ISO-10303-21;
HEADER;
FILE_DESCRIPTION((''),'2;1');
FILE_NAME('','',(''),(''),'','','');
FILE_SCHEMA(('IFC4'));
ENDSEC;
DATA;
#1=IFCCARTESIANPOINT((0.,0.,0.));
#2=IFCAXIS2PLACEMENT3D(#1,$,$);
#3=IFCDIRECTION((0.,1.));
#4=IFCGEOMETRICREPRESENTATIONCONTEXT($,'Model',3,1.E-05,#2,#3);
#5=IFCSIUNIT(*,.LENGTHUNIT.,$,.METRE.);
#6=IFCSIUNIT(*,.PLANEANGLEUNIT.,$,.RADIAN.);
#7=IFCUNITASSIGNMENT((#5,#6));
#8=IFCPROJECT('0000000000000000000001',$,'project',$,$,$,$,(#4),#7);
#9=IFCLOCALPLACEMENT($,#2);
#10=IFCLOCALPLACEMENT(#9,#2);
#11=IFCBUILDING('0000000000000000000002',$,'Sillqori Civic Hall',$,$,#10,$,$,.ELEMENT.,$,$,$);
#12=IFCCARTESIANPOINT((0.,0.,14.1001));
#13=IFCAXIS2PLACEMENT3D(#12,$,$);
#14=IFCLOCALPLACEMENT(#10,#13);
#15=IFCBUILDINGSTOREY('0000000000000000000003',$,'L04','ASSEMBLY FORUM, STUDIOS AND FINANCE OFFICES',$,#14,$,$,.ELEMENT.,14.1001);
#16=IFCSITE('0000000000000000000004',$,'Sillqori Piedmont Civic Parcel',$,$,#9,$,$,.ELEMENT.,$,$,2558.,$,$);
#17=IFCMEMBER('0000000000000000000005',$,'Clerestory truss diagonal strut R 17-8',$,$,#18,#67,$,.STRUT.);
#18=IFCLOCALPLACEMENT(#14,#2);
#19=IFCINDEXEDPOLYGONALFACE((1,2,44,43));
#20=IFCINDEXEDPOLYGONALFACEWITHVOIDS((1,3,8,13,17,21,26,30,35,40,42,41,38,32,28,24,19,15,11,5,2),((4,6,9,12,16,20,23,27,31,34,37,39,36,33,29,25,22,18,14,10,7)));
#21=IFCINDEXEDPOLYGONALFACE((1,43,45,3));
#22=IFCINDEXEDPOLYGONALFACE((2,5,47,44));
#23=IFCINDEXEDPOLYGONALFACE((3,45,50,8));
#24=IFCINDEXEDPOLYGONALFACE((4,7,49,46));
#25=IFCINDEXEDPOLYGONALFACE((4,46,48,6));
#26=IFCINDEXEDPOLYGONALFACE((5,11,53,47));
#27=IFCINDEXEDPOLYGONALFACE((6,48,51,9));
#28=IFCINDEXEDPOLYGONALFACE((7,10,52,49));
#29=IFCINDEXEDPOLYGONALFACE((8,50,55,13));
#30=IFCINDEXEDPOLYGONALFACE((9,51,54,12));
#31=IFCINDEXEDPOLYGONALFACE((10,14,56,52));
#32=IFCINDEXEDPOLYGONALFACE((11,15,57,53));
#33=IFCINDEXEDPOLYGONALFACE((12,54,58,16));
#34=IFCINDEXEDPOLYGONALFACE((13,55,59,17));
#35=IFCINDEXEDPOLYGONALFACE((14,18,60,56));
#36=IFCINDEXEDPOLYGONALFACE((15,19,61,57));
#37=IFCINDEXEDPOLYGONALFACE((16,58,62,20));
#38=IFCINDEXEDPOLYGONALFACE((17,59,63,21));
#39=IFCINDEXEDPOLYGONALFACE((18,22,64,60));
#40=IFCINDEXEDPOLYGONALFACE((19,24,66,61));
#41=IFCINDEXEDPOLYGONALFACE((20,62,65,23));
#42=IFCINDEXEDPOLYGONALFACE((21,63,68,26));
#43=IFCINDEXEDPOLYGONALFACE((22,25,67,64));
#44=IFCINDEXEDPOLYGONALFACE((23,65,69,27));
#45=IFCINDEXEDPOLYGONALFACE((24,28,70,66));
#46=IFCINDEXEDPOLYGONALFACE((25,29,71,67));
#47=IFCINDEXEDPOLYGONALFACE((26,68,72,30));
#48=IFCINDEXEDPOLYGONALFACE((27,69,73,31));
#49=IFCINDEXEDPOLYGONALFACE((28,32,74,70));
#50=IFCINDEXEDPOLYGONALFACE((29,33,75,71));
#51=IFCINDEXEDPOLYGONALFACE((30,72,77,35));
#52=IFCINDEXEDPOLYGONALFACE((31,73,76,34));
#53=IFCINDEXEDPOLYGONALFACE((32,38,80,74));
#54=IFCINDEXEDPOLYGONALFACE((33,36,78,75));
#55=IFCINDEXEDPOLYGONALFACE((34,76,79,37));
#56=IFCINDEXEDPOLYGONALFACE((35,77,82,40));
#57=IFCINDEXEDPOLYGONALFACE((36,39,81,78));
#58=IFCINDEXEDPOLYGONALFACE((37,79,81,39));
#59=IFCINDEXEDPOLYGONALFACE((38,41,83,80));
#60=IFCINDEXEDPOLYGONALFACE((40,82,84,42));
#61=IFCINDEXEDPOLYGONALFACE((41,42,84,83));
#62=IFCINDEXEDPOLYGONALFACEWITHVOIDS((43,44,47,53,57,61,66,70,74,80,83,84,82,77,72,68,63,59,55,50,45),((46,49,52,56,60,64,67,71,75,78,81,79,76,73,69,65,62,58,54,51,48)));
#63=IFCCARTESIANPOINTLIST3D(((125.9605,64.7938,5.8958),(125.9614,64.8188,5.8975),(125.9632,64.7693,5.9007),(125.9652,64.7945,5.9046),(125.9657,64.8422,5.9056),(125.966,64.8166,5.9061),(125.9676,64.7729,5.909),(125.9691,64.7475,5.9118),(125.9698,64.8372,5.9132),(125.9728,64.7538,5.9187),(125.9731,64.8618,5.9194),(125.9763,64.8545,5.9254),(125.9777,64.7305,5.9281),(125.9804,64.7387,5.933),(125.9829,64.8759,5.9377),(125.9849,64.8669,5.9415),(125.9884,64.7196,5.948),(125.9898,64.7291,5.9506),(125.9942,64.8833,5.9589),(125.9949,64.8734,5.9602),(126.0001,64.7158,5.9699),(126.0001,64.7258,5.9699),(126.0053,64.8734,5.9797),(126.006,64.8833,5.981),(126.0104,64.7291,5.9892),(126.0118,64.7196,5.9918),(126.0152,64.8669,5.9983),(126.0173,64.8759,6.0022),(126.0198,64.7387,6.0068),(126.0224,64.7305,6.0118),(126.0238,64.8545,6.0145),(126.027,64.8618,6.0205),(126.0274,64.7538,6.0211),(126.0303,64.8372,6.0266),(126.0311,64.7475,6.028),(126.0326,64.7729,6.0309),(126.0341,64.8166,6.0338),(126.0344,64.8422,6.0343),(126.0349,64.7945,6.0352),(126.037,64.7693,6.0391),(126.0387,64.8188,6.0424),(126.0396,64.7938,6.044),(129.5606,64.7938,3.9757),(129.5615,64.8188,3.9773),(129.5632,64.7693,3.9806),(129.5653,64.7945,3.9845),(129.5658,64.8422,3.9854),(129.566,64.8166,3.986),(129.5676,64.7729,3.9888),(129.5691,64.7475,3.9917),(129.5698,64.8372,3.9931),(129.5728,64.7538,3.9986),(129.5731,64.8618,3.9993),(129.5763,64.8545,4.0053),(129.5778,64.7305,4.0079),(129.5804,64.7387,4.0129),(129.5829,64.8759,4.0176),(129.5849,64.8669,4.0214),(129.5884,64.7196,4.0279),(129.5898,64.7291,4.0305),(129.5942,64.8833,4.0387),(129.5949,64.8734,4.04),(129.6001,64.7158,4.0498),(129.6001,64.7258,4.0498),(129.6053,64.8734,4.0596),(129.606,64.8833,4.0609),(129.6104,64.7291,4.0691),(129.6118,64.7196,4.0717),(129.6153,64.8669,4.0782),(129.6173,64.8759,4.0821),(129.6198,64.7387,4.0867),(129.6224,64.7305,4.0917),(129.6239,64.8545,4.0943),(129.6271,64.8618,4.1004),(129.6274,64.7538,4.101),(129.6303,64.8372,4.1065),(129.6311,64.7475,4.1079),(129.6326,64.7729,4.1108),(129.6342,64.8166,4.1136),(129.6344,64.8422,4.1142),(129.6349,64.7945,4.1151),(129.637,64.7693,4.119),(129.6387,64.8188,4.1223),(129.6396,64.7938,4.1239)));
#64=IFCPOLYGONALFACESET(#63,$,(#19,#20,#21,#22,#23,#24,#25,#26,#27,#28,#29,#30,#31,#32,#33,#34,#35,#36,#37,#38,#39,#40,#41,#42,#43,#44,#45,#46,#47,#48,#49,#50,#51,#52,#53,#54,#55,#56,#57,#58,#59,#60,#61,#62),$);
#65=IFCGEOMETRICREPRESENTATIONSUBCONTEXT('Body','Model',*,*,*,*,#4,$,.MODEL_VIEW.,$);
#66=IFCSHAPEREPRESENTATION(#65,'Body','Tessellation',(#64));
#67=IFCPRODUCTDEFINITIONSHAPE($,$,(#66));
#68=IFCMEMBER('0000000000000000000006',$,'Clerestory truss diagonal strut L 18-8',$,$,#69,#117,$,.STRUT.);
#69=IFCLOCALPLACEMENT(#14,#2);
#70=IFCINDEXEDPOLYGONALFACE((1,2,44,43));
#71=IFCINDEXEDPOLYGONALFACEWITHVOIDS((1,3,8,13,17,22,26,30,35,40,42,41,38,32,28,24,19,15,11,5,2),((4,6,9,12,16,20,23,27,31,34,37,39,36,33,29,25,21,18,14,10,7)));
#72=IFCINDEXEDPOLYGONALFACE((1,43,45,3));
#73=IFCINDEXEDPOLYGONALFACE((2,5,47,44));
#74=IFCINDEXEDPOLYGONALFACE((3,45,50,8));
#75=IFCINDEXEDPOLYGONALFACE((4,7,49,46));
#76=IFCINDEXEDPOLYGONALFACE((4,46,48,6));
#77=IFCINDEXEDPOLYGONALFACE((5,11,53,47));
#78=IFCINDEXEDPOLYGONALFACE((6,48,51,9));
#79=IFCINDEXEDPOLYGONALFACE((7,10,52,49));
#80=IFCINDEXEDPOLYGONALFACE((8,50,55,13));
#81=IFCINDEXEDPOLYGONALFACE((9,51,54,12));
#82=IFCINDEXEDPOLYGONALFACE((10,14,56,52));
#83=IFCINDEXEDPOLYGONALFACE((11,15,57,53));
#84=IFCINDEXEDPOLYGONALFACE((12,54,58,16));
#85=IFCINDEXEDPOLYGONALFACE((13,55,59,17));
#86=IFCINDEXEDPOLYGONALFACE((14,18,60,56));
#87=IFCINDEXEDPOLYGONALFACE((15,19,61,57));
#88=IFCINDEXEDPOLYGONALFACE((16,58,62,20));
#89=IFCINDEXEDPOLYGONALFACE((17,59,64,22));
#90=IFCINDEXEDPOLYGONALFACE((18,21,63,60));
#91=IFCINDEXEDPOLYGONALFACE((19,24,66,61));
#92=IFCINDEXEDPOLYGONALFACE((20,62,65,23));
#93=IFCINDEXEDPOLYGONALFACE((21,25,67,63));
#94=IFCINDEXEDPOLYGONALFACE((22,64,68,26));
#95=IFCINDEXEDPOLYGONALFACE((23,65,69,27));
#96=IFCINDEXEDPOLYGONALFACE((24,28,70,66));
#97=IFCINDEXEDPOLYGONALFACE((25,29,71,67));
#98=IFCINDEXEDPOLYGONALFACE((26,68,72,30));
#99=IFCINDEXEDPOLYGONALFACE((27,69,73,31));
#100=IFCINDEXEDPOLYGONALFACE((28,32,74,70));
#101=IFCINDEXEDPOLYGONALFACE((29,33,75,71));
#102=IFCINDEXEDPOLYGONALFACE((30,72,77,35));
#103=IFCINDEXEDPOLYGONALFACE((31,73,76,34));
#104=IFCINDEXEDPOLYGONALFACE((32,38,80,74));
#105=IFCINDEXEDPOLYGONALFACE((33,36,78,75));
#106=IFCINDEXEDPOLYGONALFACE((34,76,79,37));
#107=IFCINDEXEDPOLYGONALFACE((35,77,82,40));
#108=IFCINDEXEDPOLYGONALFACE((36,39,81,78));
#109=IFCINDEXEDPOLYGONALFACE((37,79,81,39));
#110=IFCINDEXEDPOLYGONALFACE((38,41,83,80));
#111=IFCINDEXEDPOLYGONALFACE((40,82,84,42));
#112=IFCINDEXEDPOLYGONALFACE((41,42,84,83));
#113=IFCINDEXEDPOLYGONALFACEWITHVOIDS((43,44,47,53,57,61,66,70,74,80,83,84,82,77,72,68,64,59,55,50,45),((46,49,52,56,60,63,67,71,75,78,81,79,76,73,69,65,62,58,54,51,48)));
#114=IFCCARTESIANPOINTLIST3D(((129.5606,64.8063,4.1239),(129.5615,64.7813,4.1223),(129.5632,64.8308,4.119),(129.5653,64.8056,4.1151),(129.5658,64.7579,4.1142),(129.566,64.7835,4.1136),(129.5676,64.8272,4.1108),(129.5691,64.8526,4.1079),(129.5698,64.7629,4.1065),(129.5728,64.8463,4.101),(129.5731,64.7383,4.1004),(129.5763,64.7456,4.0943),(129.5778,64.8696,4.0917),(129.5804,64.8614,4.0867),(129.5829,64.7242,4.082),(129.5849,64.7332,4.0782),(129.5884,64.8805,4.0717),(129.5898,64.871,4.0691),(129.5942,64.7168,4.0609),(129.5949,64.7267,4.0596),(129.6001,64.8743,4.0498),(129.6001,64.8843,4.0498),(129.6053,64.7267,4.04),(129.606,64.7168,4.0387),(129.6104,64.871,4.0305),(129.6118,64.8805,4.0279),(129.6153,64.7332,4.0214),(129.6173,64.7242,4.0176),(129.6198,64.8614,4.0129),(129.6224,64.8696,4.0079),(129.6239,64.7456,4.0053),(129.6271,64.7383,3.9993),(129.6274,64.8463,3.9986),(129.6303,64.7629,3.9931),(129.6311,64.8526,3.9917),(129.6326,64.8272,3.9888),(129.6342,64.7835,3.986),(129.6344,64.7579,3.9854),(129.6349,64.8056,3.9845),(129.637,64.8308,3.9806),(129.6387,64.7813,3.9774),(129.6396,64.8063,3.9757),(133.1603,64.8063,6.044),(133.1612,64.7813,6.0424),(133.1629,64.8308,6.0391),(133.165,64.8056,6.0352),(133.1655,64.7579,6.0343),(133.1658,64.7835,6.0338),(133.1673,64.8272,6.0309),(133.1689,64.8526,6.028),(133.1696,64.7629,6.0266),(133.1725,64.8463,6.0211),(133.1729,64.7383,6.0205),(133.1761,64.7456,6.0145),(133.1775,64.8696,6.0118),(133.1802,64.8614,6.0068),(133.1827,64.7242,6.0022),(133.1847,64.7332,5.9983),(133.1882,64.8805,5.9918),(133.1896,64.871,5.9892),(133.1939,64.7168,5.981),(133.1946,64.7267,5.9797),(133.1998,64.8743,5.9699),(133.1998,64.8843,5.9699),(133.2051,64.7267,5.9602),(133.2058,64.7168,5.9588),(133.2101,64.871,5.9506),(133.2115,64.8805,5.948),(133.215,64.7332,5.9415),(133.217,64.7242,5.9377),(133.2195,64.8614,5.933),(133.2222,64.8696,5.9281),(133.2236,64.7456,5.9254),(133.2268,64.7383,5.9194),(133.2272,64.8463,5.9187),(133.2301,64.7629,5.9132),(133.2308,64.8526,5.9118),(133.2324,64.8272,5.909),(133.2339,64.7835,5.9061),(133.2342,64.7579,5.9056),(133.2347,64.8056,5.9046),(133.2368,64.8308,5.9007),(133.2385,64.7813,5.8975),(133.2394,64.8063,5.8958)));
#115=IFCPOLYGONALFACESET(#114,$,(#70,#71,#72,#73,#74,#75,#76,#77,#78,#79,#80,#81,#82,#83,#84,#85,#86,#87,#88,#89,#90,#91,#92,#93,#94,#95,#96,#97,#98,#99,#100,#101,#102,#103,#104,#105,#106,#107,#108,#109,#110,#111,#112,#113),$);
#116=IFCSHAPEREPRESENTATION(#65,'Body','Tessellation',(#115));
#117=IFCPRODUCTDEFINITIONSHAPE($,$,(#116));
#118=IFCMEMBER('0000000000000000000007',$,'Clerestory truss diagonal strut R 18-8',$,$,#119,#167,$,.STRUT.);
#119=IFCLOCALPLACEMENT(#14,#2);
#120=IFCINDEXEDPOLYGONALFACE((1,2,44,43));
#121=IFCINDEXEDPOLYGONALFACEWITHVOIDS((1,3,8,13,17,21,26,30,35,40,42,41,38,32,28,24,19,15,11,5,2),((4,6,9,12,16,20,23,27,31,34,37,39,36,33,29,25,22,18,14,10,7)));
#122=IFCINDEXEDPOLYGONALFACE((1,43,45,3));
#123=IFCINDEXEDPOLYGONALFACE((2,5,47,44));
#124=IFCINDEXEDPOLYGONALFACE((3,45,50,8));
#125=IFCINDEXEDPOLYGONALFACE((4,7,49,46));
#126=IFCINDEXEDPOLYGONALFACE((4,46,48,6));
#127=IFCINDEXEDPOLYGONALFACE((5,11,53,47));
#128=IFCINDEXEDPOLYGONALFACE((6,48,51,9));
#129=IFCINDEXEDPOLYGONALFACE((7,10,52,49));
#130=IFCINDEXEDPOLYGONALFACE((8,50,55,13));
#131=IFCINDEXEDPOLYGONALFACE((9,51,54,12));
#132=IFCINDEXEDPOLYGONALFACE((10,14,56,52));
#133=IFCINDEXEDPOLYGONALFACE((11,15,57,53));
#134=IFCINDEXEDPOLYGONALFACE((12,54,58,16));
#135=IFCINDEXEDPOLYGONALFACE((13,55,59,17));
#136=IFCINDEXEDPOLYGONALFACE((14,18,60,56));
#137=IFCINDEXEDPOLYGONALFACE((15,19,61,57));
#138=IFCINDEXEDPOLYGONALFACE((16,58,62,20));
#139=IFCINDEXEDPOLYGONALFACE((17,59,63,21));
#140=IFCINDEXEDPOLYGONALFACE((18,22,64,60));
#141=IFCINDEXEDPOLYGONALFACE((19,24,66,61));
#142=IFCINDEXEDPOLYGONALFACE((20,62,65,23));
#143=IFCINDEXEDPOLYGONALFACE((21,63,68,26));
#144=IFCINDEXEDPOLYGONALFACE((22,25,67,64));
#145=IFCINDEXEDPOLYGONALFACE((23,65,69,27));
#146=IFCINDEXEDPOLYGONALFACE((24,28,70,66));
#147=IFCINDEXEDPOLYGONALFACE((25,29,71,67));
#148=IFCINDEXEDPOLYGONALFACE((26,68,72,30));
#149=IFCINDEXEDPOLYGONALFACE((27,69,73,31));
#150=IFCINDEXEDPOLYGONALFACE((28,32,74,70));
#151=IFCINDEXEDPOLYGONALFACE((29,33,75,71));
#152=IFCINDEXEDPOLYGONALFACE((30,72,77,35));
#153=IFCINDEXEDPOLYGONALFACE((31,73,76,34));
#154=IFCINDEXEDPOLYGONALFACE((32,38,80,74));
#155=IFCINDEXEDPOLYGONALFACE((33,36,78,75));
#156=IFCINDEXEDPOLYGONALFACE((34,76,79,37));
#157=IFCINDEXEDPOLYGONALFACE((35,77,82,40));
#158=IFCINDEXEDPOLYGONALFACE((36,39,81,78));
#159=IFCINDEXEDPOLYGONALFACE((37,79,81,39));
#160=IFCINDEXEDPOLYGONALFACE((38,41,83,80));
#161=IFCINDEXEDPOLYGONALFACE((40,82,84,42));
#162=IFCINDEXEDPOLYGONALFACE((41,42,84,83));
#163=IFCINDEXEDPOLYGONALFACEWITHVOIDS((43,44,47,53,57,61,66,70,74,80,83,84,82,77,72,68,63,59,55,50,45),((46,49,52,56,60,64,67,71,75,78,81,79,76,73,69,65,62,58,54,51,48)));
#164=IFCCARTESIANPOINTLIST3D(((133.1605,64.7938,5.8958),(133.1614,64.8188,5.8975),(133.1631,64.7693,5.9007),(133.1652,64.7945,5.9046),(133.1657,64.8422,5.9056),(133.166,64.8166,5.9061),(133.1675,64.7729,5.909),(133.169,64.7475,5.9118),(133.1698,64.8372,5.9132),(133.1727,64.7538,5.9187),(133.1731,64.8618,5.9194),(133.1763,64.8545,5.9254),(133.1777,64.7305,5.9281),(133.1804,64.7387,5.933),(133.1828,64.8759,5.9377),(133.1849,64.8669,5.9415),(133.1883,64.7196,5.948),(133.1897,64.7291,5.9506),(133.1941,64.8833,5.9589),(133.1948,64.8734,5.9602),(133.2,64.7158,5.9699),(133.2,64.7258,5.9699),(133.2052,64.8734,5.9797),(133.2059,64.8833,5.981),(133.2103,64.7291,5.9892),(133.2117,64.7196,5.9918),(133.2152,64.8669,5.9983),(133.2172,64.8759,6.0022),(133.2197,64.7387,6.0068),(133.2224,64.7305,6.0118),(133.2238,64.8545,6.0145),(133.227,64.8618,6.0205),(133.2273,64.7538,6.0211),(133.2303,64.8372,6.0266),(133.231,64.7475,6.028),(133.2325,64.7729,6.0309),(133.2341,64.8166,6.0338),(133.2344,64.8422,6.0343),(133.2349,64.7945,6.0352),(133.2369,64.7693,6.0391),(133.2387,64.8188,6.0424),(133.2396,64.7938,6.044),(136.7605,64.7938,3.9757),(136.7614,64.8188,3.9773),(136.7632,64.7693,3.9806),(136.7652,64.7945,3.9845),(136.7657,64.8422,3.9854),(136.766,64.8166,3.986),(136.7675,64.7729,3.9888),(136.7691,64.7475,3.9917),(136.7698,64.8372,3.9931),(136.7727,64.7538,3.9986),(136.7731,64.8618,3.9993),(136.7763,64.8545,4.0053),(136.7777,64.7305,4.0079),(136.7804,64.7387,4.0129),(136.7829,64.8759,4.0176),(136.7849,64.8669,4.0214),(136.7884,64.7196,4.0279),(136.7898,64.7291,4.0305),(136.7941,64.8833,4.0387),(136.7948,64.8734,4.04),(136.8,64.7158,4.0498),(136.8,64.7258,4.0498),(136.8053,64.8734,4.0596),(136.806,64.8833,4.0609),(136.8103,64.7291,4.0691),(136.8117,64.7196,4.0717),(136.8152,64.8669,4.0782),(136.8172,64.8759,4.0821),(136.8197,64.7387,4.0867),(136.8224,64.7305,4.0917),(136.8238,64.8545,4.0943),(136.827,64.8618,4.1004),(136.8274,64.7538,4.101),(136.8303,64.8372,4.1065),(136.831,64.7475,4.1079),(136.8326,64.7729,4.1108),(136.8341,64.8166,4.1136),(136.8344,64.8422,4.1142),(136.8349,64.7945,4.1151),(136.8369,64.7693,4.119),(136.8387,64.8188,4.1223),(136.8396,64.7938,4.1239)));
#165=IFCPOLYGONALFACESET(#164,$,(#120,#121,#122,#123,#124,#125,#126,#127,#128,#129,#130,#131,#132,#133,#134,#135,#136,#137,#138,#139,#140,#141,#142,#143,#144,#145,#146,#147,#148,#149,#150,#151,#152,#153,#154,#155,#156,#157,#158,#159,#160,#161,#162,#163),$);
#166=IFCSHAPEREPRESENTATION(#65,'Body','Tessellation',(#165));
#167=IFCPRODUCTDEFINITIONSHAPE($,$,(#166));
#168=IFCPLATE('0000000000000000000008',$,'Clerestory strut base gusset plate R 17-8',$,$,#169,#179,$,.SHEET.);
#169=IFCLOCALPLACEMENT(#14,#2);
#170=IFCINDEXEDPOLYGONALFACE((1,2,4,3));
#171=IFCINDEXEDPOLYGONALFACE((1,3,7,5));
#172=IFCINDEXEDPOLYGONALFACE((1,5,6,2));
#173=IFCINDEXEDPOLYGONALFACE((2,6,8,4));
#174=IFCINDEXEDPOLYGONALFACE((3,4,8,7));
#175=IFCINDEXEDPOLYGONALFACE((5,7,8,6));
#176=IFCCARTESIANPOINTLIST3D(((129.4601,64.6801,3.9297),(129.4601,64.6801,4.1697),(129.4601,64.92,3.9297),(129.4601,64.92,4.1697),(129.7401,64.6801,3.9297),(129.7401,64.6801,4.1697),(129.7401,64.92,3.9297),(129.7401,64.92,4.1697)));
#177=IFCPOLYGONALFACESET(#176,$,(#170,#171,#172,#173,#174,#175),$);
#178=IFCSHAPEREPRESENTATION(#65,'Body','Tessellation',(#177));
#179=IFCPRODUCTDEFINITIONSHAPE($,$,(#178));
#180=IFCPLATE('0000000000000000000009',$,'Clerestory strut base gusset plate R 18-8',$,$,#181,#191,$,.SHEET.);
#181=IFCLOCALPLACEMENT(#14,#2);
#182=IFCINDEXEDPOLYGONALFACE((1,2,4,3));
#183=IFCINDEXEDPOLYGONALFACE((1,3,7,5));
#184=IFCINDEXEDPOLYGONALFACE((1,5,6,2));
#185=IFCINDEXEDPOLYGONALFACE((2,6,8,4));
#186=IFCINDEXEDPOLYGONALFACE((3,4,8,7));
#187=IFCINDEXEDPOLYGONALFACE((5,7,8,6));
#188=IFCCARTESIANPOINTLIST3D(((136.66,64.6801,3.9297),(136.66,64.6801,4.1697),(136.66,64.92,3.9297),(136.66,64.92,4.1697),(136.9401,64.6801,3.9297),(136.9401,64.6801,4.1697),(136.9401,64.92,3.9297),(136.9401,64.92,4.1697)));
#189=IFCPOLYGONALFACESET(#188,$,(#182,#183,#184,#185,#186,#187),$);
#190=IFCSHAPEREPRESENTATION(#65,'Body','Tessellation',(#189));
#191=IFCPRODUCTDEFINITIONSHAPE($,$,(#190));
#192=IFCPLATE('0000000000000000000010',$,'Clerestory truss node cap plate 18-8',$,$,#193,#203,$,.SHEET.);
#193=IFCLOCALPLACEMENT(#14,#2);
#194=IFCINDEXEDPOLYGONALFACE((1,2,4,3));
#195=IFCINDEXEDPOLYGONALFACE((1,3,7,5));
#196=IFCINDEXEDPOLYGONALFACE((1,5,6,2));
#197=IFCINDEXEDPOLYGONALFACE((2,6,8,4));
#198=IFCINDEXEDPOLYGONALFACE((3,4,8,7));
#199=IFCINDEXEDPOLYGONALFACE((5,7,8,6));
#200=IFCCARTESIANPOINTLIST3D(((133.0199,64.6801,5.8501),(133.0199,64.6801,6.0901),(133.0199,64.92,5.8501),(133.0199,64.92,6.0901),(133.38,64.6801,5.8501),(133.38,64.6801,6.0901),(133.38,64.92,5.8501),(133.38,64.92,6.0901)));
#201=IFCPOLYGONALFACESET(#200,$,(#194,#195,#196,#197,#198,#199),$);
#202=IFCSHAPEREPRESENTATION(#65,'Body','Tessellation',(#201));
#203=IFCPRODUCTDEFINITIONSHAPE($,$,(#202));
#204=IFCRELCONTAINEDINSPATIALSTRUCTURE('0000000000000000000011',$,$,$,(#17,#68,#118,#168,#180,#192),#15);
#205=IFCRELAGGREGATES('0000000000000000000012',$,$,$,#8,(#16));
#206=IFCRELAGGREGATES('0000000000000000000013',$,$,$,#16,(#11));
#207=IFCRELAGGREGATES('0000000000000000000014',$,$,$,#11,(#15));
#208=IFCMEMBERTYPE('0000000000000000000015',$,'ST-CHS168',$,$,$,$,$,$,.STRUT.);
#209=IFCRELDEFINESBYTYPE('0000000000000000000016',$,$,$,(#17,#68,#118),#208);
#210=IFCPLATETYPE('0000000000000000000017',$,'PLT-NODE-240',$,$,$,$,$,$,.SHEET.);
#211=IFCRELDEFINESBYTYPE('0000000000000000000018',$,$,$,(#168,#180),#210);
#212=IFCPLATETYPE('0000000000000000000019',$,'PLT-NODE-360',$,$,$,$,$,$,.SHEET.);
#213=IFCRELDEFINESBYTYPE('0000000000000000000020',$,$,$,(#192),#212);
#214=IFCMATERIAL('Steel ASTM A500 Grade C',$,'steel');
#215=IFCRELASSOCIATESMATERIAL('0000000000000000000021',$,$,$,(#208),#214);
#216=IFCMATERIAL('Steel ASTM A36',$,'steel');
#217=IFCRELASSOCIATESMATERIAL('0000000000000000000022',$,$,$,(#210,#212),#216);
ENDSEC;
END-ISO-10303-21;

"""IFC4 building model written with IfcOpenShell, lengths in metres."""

from ifc_helpers import new_model, si_unit, direction, frame, origin, origin_2d, place, context, subcontext, project, spatial, rectangle, hollow_circle, extrude, material, material_profile, profile_set, type_object, element, save


model = new_model("IFC4")

# Units and contexts
model_context = context("Model", 3, precision=1e-05, world=origin(), true_north=direction((0.0, 1.0)))
body_context = subcontext(model_context, "Body", "Model", "MODEL_VIEW")
ifc_project = project(units=[si_unit("LENGTHUNIT", "METRE"), si_unit("PLANEANGLEUNIT", "RADIAN")], contexts=[model_context])

# Site, building, storey
site_placement = place(None, origin())
site = spatial("IfcSite", under=ifc_project, at=site_placement, Name="Sillqori Piedmont Civic Parcel", CompositionType="ELEMENT", RefElevation=2558.0)
building_placement = place(site_placement, origin())
building = spatial("IfcBuilding", under=site, at=building_placement, Name="Sillqori Civic Hall", CompositionType="ELEMENT")
storey_placement = place(building_placement, frame((0.0, 0.0, 14.1001)))
storey = spatial("IfcBuildingStorey", under=building, at=storey_placement, Name="L04", Description="ASSEMBLY FORUM, STUDIOS AND FINANCE OFFICES", CompositionType="ELEMENT", Elevation=14.1001)

# Shared definitions
ifc_material_1 = material(Name="Steel ASTM A500 Grade C", Category="steel")

# Members
ifc_material_profile_1 = material_profile(ifc_material_1, hollow_circle(Radius=0.0842, WallThickness=0.01, at=origin_2d()), Name="CHS168X10")
ifc_profile_set_1 = profile_set([ifc_material_profile_1], Name="Steel ASTM A500 Grade C")
member_type_1 = type_object("IfcMemberType", Name="ST-CHS168", PredefinedType="STRUT", material=ifc_profile_set_1)
member_1_placement = place(storey_placement, frame((129.6001, 64.8, 4.0498), z_axis=(-0.882341, 0.0, 0.47061), x_axis=(0.0, -1.0, 0.0)))
element("IfcMember", 1, at=member_1_placement, inside=storey, type_object=member_type_1, Name="Clerestory truss diagonal strut R 17-8", PredefinedType="STRUT", context=body_context, shape_type="SweptSolid", body=[
    extrude(hollow_circle(Radius=0.0842, WallThickness=0.01, at=origin_2d()), origin(), (0.0, 0.0, 1.0), 4.0801),
])
member_2_placement = place(storey_placement, frame((129.6001, 64.8, 4.0498), z_axis=(0.882328, 0.0, 0.470635), x_axis=(0.0, 1.0, 0.0)))
element("IfcMember", 2, at=member_2_placement, inside=storey, type_object=member_type_1, Name="Clerestory truss diagonal strut L 18-8", PredefinedType="STRUT", context=body_context, shape_type="SweptSolid", body=[
    extrude(hollow_circle(Radius=0.0842, WallThickness=0.01, at=origin_2d()), origin(), (0.0, 0.0, 1.0), 4.0798),
])
member_3_placement = place(storey_placement, frame((136.8, 64.8, 4.0498), z_axis=(-0.882341, 0.0, 0.47061), x_axis=(0.0, -1.0, 0.0)))
element("IfcMember", 3, at=member_3_placement, inside=storey, type_object=member_type_1, Name="Clerestory truss diagonal strut R 18-8", PredefinedType="STRUT", context=body_context, shape_type="SweptSolid", body=[
    extrude(hollow_circle(Radius=0.0842, WallThickness=0.01, at=origin_2d()), origin(), (0.0, 0.0, 1.0), 4.0801),
])

# Plates
ifc_material_2 = material(Name="Steel ASTM A36", Category="steel")
plate_type_1 = type_object("IfcPlateType", Name="PLT-NODE-240", PredefinedType="SHEET", material=ifc_material_2)
for number, where, z_axis, x_axis, name in (
    (4, (129.6001, 64.8, 3.9297), (0.0, 0.0, 1.0), (1.0, 0.0, 0.0), "Clerestory strut base gusset plate R 17-8"),
    (5, (136.8, 64.8, 3.9297), (0.0, 0.0, 1.0), (1.0, 0.0, 0.0), "Clerestory strut base gusset plate R 18-8"),
):
    element("IfcPlate", number, at=place(storey_placement, frame(where, z_axis=z_axis, x_axis=x_axis)), inside=storey, type_object=plate_type_1, Name=name, PredefinedType="SHEET", context=body_context, shape_type="SweptSolid", body=[
        extrude(rectangle(XDim=0.28, YDim=0.24, at=origin_2d()), origin(), (0.0, 0.0, 1.0), 0.24),
    ])
plate_type_2 = type_object("IfcPlateType", Name="PLT-NODE-360", PredefinedType="SHEET", material=ifc_material_2)
plate_1_placement = place(storey_placement, frame((133.2, 64.8, 5.8501), z_axis=(0.0, 0.0, 1.0), x_axis=(1.0, 0.0, 0.0)))
element("IfcPlate", 6, at=plate_1_placement, inside=storey, type_object=plate_type_2, Name="Clerestory truss node cap plate 18-8", PredefinedType="SHEET", context=body_context, shape_type="SweptSolid", body=[
    extrude(rectangle(XDim=0.3601, YDim=0.24, at=origin_2d()), origin(), (0.0, 0.0, 1.0), 0.24),
])

save(model, "model.ifc")
